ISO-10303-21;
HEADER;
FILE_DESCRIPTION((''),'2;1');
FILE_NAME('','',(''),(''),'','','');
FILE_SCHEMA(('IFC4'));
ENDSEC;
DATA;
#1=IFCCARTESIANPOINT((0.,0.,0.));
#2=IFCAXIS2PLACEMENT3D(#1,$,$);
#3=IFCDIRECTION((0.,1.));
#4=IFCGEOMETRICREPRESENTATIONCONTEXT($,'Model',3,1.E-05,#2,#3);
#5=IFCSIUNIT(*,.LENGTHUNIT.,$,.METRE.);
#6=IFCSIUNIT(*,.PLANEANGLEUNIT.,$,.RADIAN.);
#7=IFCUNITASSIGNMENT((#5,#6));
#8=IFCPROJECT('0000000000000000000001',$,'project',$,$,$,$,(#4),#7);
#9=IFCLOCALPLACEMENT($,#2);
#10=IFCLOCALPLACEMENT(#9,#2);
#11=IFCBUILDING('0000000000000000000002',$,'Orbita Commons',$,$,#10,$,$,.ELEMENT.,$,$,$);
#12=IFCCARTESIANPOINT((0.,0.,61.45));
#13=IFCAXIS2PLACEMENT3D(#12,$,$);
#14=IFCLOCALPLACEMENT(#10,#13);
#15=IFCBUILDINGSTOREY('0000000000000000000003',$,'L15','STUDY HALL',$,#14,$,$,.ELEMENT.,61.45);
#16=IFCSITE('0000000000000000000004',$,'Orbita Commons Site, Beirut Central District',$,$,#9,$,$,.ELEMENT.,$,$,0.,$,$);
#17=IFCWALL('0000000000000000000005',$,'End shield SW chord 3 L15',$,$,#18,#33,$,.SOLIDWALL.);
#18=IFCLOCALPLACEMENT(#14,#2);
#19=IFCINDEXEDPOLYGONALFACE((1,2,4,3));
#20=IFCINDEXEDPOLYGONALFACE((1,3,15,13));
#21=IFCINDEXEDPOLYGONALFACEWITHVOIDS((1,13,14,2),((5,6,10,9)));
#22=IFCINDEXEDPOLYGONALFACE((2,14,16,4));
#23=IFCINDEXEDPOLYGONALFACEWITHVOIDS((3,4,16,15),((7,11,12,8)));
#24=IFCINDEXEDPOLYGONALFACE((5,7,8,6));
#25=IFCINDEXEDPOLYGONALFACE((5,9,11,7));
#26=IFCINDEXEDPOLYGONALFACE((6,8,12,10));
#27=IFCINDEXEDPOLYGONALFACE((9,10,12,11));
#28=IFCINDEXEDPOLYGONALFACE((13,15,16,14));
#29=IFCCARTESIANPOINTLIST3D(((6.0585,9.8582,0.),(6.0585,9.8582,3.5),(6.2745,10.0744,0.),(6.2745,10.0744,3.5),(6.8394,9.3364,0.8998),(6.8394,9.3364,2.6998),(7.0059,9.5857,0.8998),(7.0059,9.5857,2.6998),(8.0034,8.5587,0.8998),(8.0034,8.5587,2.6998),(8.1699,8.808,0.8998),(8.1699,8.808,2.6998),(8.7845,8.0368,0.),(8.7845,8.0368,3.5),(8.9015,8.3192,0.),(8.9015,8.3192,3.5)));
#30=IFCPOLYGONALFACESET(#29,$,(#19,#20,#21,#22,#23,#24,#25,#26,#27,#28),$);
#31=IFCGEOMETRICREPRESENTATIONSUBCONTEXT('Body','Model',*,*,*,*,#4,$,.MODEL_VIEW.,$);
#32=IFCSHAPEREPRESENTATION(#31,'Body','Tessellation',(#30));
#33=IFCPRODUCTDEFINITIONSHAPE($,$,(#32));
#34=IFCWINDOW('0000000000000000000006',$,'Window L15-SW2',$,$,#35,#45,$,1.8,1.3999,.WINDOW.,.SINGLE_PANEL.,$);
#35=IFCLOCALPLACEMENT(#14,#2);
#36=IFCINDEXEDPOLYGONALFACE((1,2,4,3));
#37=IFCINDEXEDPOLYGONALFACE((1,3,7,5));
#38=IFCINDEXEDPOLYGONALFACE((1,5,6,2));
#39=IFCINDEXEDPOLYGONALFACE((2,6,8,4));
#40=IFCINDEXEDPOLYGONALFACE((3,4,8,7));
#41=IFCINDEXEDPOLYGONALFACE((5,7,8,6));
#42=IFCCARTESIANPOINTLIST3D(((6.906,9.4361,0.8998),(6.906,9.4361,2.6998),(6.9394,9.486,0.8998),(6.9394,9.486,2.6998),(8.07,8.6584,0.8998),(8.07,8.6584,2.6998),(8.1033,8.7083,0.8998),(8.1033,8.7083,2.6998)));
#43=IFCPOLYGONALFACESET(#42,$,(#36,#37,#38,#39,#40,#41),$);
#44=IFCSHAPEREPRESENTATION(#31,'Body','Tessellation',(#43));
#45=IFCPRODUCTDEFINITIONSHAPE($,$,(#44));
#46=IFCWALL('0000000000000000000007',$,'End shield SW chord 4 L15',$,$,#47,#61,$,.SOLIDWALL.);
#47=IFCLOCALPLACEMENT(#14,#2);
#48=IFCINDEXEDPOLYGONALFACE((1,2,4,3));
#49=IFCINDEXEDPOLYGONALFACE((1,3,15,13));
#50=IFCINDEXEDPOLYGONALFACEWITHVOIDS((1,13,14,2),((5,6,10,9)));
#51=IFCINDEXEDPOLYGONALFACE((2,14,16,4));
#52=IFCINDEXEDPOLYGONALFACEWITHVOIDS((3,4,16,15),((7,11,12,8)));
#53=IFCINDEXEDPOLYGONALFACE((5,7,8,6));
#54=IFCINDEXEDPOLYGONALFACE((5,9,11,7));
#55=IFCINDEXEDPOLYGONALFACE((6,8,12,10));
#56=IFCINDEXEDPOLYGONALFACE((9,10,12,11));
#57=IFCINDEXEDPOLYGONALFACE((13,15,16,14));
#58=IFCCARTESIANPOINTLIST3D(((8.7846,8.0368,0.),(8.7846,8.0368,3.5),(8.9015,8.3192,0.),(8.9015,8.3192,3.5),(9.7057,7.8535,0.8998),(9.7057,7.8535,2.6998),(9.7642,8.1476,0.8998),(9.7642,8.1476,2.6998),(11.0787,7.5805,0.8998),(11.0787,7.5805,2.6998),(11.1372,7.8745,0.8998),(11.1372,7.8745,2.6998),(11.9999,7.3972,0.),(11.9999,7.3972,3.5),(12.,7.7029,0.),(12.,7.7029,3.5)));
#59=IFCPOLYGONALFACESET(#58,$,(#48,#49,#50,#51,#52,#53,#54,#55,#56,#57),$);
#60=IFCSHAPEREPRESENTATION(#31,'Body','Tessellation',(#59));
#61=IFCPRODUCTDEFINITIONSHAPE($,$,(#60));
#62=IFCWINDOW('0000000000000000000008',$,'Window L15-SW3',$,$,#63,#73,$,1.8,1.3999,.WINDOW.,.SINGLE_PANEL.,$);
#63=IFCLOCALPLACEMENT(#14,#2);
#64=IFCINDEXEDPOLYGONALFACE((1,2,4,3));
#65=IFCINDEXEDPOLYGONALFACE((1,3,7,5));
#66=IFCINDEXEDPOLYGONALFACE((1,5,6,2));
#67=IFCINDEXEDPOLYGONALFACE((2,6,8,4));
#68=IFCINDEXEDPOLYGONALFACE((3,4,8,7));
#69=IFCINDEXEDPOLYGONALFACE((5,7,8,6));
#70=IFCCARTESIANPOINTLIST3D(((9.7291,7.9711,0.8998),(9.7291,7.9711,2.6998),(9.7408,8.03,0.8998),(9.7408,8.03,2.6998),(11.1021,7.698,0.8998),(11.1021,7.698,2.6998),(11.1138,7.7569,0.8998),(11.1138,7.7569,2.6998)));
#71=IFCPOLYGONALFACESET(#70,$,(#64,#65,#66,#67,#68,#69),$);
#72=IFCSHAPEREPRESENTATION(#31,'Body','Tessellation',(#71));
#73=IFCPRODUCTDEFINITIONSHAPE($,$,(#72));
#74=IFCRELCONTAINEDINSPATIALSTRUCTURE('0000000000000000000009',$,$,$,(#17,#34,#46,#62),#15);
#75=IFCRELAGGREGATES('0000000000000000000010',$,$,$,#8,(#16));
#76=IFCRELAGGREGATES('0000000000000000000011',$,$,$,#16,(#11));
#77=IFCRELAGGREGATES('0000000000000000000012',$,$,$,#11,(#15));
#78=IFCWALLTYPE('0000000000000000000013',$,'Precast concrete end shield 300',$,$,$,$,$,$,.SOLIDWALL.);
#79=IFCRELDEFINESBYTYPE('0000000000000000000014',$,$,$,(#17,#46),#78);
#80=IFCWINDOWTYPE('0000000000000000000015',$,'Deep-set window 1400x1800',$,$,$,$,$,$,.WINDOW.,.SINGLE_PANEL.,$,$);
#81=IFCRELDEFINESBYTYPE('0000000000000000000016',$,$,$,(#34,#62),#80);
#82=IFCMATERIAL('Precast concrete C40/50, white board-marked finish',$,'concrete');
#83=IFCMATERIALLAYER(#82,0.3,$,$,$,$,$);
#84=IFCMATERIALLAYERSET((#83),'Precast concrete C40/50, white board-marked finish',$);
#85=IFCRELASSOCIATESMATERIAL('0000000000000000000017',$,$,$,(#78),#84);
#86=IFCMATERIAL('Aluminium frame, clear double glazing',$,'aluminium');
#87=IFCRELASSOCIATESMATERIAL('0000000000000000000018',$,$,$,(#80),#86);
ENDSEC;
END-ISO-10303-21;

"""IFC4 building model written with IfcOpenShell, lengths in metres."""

from ifc_helpers import new_model, si_unit, direction, frame, frame_2d, origin, place, context, subcontext, project, spatial, polyline, rectangle, outline, extrude, material, layer, layer_set, type_object, element, fill, save


model = new_model("IFC4")

# Units and contexts
model_context = context("Model", 3, precision=1e-05, world=origin(), true_north=direction((0.0, 1.0)))
body_context = subcontext(model_context, "Body", "Model", "MODEL_VIEW")
ifc_project = project(units=[si_unit("LENGTHUNIT", "METRE"), si_unit("PLANEANGLEUNIT", "RADIAN")], contexts=[model_context])

# Site, building, storey
site_placement = place(None, origin())
site = spatial("IfcSite", under=ifc_project, at=site_placement, Name="Orbita Commons Site, Beirut Central District", CompositionType="ELEMENT", RefElevation=0.0)
building_placement = place(site_placement, origin())
building = spatial("IfcBuilding", under=site, at=building_placement, Name="Orbita Commons", CompositionType="ELEMENT")
storey_placement = place(building_placement, frame((0.0, 0.0, 61.45)))
storey = spatial("IfcBuildingStorey", under=building, at=storey_placement, Name="L15", Description="STUDY HALL", CompositionType="ELEMENT", Elevation=61.45)

# Walls, openings, windows
ifc_material_1 = material(Name="Precast concrete C40/50, white board-marked finish", Category="concrete")
ifc_layer_1 = layer(ifc_material_1, 0.3)
ifc_layer_set_1 = layer_set([ifc_layer_1], Name="Precast concrete C40/50, white board-marked finish")
wall_type_1 = type_object("IfcWallType", Name="Precast concrete end shield 300", PredefinedType="SOLIDWALL", material=ifc_layer_set_1)
wall_1_placement = place(storey_placement, frame((6.1665, 9.9663, 0.0), z_axis=(0.0, 0.0, 1.0), x_axis=(0.831478, -0.555558, 0.0)))
wall_1 = element("IfcWall", 1, at=wall_1_placement, inside=storey, type_object=wall_type_1, Name="End shield SW chord 3 L15", PredefinedType="SOLIDWALL", context=body_context, shape_type="SweptSolid", body=[
    extrude(outline(polyline([(-0.0298, -0.1499), (3.2488, -0.1499), (3.1892, 0.1499), (0.0298, 0.1499), (-0.0298, -0.1499)])), origin(), (0.0, 0.0, 1.0), 3.5),
])
opening_1_placement = place(wall_1_placement, frame((0.9094, 0.0, 0.8999)))
opening_1 = element("IfcOpeningElement", 2, at=opening_1_placement, cuts=wall_1, PredefinedType="OPENING", context=body_context, shape_type="SweptSolid", body=[
    extrude(rectangle(XDim=1.3999, YDim=1.8, at=frame_2d((0.7, 0.8999))), frame((0.0, 0.1599, 0.0), z_axis=(0.0, -1.0, 0.0), x_axis=(1.0, 0.0, 0.0)), (0.0, 0.0, 1.0), 0.3201),
])
ifc_material_2 = material(Name="Aluminium frame, clear double glazing", Category="aluminium")
window_type = type_object("IfcWindowType", Name="Deep-set window 1400x1800", PartitioningType="SINGLE_PANEL", PredefinedType="WINDOW", material=ifc_material_2)
window_1_placement = place(opening_1_placement, origin())
window_1 = element("IfcWindow", 3, at=window_1_placement, inside=storey, type_object=window_type, Name="Window L15-SW2", OverallHeight=1.8, OverallWidth=1.3999, PartitioningType="SINGLE_PANEL", PredefinedType="WINDOW", context=body_context, shape_type="SweptSolid", body=[
    extrude(rectangle(XDim=1.3999, YDim=1.8, at=frame_2d((0.7, 0.8999))), frame((0.0, 0.03, 0.0), z_axis=(0.0, -1.0, 0.0), x_axis=(1.0, 0.0, 0.0)), (0.0, 0.0, 1.0), 0.0601),
])
fill(opening_1, window_1)
wall_2_placement = place(storey_placement, frame((8.843, 8.178, 0.0), z_axis=(0.0, 0.0, 1.0), x_axis=(0.980787, -0.19508, 0.0)))
wall_2 = element("IfcWall", 4, at=wall_2_placement, inside=storey, type_object=wall_type_1, Name="End shield SW chord 4 L15", PredefinedType="SOLIDWALL", context=body_context, shape_type="SweptSolid", body=[
    extrude(outline(polyline([(-0.0298, -0.1499), (3.2485, -0.1499), (3.189, 0.1499), (0.0298, 0.1499), (-0.0298, -0.1499)])), origin(), (0.0, 0.0, 1.0), 3.5),
])
opening_2_placement = place(wall_2_placement, frame((0.9094, 0.0, 0.8999)))
opening_2 = element("IfcOpeningElement", 5, at=opening_2_placement, cuts=wall_2, PredefinedType="OPENING", context=body_context, shape_type="SweptSolid", body=[
    extrude(rectangle(XDim=1.3999, YDim=1.8, at=frame_2d((0.7, 0.8999))), frame((0.0, 0.1599, 0.0), z_axis=(0.0, -1.0, 0.0), x_axis=(1.0, 0.0, 0.0)), (0.0, 0.0, 1.0), 0.3201),
])
window_2_placement = place(opening_2_placement, origin())
window_2 = element("IfcWindow", 6, at=window_2_placement, inside=storey, type_object=window_type, Name="Window L15-SW3", OverallHeight=1.8, OverallWidth=1.3999, PartitioningType="SINGLE_PANEL", PredefinedType="WINDOW", context=body_context, shape_type="SweptSolid", body=[
    extrude(rectangle(XDim=1.3999, YDim=1.8, at=frame_2d((0.7, 0.8999))), frame((0.0, 0.03, 0.0), z_axis=(0.0, -1.0, 0.0), x_axis=(1.0, 0.0, 0.0)), (0.0, 0.0, 1.0), 0.0601),
])
fill(opening_2, window_2)

save(model, "model.ifc")
